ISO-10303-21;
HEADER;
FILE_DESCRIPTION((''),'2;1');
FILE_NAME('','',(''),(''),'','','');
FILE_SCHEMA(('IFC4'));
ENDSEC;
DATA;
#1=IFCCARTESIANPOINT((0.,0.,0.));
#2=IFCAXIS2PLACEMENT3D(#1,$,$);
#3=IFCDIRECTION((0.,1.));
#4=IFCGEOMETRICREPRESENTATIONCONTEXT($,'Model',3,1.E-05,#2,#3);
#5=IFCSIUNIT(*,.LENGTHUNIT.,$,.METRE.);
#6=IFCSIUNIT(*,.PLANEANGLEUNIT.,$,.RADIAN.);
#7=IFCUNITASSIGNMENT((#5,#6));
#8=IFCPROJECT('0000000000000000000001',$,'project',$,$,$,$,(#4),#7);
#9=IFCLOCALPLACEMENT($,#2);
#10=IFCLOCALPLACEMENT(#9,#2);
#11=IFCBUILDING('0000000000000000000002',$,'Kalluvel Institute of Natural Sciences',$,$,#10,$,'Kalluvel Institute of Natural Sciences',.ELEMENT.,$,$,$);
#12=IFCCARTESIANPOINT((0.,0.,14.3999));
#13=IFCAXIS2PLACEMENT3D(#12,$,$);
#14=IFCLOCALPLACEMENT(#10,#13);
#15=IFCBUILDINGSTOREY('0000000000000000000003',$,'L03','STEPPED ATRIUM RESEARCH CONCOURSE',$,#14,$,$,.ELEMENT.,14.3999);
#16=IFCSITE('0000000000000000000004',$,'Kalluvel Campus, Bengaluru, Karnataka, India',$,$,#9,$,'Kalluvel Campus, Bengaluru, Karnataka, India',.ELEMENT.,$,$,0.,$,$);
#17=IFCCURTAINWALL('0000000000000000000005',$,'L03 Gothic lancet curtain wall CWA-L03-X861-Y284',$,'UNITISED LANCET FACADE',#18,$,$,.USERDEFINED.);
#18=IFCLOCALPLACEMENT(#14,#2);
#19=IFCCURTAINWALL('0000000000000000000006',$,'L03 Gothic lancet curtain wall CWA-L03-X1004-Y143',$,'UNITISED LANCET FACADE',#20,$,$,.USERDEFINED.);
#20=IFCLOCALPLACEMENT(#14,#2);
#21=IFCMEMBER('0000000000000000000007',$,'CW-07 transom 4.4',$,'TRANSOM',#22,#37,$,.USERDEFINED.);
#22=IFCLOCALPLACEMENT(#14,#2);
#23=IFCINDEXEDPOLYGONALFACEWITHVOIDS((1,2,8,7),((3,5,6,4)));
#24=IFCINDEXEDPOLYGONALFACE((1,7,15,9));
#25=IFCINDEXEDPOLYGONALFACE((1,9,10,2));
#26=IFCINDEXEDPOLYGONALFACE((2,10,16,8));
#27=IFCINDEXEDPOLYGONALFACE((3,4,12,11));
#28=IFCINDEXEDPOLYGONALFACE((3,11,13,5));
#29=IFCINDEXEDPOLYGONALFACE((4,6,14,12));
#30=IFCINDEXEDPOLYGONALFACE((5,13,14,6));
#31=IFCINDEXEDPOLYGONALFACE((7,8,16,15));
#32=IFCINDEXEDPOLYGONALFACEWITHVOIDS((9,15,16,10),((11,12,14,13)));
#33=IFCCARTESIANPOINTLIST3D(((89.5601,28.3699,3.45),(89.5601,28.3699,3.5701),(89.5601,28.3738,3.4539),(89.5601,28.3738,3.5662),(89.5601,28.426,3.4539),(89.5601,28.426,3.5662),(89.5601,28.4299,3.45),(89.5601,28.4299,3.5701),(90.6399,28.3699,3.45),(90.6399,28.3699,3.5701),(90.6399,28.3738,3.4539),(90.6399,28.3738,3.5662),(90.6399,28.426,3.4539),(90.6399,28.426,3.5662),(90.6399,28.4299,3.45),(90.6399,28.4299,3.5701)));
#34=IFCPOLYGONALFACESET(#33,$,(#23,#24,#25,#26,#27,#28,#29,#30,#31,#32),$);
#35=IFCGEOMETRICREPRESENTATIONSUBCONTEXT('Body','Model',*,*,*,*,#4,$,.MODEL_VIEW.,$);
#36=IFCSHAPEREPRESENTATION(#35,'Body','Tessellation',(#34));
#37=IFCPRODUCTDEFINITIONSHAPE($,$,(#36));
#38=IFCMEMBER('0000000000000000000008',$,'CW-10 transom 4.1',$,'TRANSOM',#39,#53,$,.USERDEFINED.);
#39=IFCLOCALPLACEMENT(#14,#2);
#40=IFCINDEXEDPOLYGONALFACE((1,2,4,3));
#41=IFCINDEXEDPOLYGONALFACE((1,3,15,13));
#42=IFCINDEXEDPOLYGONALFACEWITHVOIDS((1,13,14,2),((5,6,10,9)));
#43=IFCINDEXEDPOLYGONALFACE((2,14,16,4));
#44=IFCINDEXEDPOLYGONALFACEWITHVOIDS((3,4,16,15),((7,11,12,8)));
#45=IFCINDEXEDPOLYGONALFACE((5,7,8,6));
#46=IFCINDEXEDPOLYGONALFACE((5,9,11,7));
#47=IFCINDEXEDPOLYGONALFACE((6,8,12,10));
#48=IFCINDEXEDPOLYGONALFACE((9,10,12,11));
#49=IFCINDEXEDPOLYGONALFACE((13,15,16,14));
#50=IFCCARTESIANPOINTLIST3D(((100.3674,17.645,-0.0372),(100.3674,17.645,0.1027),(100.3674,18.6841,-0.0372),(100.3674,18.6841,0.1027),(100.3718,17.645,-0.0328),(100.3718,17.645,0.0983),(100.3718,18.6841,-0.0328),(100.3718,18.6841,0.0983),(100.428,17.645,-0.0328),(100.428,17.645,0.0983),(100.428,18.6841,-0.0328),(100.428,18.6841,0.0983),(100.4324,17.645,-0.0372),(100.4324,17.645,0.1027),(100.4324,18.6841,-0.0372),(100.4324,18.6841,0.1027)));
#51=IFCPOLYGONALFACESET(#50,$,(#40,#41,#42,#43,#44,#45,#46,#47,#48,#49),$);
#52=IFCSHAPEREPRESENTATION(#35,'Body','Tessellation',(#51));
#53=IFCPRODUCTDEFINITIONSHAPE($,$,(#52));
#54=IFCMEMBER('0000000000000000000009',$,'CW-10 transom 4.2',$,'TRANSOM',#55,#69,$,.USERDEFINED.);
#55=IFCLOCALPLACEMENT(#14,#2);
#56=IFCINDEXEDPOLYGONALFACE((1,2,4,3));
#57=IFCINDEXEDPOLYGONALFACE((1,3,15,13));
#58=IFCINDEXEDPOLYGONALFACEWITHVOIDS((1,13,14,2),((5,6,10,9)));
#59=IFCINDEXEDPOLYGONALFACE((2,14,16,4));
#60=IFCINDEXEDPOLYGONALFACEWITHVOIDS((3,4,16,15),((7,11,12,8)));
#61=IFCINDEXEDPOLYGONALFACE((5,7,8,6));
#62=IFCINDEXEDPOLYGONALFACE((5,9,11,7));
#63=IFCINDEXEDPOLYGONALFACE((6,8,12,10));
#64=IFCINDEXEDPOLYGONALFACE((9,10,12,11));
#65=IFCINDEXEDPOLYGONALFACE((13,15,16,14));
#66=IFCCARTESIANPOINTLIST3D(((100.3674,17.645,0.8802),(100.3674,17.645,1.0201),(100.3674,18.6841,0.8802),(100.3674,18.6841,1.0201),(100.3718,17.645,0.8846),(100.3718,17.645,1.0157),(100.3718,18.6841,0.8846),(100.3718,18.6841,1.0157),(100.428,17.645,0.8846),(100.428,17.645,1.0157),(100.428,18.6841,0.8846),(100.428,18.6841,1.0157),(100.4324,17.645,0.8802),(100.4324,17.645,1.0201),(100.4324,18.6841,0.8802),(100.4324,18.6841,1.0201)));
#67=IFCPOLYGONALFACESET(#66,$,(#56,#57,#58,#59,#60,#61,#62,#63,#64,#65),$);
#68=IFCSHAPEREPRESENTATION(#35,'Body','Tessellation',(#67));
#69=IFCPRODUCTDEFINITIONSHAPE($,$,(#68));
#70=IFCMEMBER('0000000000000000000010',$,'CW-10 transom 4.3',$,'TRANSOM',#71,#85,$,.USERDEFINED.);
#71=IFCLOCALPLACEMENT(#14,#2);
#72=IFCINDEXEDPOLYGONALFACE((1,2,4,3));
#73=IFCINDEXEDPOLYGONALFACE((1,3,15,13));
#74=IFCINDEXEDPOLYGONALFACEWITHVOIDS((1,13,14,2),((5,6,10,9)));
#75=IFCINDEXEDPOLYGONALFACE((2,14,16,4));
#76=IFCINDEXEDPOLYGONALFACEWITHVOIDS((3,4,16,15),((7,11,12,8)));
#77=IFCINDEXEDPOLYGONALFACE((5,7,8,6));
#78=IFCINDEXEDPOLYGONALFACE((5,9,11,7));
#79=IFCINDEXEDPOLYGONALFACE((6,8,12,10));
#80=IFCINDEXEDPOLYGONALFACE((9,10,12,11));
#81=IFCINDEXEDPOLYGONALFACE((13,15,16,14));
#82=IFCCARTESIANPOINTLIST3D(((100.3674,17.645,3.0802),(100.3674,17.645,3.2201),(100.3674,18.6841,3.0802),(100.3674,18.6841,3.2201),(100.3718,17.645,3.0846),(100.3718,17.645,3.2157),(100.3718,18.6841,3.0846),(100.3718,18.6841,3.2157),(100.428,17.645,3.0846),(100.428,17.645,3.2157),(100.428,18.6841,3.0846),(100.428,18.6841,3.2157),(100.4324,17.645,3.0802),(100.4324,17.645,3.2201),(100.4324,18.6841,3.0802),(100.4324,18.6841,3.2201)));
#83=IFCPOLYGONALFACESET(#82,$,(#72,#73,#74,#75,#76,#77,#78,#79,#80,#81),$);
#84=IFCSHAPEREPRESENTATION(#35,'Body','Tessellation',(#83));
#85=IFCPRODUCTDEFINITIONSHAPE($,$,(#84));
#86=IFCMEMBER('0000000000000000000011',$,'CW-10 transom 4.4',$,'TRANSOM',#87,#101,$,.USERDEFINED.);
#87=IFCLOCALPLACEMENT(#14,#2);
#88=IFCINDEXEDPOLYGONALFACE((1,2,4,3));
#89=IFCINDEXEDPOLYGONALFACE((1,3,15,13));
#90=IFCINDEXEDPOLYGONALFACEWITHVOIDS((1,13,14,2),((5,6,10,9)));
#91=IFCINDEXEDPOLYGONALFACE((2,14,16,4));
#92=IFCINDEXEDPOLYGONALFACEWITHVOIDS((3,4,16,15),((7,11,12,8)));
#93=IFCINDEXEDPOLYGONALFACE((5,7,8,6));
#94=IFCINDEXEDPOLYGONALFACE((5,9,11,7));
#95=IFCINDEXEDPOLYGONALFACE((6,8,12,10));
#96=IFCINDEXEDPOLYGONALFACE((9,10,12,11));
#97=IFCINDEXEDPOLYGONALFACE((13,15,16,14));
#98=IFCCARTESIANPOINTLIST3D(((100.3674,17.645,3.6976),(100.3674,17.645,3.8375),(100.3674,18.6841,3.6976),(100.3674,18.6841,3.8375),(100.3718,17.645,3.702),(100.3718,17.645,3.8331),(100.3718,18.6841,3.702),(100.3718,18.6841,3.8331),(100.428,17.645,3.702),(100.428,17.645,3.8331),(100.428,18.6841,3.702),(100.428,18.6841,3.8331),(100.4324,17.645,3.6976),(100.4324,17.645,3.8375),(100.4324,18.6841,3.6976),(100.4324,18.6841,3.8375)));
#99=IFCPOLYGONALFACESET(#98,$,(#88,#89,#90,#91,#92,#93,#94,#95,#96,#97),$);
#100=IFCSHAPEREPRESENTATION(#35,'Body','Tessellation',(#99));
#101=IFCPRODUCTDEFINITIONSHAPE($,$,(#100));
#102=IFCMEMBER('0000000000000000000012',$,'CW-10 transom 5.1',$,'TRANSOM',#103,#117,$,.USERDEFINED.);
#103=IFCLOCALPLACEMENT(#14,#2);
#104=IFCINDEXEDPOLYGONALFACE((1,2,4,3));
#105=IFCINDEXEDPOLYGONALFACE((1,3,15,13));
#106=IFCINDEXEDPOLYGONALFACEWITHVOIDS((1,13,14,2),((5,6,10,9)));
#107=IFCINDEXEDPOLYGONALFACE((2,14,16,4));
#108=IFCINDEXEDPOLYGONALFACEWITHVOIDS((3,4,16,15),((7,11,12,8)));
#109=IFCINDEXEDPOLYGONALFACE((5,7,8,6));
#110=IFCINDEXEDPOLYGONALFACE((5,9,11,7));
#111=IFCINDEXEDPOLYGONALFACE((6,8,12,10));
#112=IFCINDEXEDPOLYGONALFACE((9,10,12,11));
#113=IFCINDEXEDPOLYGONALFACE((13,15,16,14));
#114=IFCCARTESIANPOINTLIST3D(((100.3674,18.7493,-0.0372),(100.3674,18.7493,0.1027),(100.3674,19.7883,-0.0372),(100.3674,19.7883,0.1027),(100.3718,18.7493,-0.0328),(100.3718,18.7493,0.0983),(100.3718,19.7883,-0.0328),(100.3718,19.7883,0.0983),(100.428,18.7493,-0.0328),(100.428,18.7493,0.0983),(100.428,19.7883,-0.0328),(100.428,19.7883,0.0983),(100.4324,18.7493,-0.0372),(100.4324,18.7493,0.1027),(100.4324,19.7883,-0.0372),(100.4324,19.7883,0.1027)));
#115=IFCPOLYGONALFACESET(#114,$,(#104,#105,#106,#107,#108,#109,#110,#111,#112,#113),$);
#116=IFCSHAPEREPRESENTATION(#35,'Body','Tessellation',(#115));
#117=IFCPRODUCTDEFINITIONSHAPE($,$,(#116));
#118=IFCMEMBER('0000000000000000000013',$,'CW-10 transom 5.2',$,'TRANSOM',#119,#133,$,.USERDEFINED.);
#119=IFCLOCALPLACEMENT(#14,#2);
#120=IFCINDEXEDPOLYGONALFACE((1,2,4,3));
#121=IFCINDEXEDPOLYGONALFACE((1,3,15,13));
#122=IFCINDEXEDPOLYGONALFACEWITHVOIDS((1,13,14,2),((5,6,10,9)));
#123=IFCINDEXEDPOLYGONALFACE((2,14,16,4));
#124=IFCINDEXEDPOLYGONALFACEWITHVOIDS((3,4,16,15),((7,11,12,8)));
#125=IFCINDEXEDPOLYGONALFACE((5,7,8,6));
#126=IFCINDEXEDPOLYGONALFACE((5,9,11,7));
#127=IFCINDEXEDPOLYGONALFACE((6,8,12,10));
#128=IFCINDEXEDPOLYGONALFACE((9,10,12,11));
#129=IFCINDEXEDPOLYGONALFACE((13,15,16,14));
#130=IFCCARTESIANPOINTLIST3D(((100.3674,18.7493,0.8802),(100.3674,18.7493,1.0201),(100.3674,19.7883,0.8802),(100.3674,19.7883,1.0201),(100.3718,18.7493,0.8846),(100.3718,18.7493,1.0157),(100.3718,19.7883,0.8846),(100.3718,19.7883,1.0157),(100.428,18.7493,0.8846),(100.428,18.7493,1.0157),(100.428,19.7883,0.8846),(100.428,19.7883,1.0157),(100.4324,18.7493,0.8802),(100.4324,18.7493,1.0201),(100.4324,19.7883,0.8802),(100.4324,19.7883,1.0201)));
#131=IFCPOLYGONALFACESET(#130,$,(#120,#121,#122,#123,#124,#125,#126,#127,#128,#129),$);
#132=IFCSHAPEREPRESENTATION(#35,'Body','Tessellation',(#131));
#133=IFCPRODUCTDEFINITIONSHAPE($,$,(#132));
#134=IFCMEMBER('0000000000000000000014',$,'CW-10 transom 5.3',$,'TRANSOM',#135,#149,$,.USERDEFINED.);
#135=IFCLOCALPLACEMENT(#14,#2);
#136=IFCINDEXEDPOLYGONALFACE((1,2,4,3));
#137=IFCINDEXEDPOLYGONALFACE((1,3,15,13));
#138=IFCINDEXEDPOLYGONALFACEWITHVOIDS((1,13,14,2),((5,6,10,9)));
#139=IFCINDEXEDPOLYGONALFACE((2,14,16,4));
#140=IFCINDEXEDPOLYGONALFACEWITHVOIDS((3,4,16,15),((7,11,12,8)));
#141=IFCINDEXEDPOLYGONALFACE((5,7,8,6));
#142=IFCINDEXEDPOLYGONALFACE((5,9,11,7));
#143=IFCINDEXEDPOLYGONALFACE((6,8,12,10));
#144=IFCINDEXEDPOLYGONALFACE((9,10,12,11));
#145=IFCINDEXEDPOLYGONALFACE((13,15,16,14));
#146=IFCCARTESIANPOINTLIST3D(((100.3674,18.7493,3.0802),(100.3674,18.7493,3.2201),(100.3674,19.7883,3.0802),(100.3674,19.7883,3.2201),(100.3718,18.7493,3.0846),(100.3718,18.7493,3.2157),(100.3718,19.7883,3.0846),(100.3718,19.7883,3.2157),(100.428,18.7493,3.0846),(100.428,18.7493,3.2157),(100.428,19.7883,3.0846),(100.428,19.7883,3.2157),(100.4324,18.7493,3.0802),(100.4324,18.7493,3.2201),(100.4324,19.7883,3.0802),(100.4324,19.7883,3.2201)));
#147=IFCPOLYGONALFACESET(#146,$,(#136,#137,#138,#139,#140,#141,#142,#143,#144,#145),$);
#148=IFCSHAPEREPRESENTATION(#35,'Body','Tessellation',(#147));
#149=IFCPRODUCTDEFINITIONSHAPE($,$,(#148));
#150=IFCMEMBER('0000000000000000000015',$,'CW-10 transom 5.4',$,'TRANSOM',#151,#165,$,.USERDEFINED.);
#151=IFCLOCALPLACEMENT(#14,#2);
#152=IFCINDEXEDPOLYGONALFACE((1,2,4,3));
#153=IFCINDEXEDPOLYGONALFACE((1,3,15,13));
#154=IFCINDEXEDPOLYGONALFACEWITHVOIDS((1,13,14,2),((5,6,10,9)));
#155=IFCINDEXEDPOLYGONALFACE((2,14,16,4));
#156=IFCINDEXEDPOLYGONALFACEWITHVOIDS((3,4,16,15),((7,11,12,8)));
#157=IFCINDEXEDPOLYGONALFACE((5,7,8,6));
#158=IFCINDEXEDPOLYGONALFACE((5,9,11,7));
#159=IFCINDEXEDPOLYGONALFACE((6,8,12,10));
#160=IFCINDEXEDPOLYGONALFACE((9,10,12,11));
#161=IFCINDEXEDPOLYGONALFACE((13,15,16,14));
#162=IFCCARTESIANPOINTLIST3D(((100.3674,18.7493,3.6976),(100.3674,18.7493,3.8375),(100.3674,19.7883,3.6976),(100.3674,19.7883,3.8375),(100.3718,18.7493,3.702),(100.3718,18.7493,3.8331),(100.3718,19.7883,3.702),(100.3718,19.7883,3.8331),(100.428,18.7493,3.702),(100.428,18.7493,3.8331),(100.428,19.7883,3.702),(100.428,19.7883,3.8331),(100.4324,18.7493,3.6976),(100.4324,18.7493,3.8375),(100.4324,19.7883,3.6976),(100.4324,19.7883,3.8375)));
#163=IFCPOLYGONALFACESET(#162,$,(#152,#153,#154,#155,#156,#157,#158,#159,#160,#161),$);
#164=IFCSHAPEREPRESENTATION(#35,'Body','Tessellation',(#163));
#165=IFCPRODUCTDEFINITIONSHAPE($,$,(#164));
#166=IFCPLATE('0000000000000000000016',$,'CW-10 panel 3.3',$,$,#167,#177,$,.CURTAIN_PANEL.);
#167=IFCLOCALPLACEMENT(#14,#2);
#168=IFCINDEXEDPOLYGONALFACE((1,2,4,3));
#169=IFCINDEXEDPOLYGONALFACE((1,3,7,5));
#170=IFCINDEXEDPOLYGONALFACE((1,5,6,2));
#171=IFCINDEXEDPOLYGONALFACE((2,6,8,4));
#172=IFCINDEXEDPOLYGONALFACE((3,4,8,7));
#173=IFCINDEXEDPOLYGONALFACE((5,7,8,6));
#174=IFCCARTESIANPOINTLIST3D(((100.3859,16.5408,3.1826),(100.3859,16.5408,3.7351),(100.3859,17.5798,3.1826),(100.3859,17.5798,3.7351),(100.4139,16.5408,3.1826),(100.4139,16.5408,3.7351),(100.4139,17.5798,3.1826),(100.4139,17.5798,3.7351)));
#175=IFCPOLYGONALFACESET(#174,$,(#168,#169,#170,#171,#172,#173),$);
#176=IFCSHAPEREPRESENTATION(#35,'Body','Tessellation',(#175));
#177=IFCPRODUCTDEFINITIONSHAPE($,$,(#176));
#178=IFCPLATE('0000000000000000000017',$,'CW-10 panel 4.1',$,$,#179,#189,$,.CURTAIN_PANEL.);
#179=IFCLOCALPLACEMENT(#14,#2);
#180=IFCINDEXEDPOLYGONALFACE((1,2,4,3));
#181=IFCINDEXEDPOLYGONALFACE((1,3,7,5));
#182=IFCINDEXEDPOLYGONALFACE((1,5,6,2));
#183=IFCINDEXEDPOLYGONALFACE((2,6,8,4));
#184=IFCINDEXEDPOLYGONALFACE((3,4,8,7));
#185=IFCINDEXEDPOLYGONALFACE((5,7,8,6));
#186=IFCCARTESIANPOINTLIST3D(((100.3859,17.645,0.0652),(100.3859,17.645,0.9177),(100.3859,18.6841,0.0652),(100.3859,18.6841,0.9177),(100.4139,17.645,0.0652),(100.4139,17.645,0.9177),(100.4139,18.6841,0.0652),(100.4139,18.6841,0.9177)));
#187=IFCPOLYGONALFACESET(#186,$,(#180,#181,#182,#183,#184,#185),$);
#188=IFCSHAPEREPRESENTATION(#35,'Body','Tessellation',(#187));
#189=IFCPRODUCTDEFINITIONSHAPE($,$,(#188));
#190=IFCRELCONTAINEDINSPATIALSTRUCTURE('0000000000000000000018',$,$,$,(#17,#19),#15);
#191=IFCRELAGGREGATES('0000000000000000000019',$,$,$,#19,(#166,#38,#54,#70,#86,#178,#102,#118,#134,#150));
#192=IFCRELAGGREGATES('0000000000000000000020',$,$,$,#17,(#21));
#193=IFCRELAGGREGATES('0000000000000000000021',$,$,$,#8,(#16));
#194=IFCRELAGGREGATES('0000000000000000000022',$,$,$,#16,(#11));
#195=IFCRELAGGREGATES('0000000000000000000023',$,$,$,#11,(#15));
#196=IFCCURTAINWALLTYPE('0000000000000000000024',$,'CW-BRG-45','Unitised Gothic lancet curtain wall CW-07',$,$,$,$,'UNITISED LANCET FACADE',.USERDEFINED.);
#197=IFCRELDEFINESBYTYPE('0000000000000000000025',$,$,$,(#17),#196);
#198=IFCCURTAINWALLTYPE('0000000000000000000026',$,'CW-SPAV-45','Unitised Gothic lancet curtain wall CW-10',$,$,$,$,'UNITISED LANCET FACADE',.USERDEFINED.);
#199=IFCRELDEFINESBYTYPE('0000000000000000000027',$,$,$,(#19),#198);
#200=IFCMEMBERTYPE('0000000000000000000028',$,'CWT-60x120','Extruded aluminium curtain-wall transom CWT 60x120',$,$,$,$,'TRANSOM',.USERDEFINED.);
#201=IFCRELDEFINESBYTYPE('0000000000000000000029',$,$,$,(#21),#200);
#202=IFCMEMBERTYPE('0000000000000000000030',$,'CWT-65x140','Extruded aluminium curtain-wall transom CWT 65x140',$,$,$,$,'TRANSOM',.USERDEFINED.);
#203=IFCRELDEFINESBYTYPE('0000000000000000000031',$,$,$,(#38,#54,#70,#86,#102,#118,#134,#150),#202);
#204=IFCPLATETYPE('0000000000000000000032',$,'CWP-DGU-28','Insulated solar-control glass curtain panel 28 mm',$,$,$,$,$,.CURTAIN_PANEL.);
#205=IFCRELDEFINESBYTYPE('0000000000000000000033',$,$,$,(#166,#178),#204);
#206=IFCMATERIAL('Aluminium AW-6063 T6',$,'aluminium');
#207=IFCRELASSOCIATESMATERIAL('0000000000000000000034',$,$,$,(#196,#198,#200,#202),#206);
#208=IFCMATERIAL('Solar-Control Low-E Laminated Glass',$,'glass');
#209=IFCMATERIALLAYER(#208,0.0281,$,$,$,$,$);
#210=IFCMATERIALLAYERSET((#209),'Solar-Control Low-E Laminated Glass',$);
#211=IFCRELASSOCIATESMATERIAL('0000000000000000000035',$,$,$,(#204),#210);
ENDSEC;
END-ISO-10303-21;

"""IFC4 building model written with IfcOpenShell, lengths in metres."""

from ifc_helpers import new_model, si_unit, direction, frame, origin, origin_2d, place, context, subcontext, project, spatial, rectangle, hollow_rectangle, extrude, material, layer, layer_set, material_profile, profile_set, type_object, element, aggregate, save


model = new_model("IFC4")

# Units and contexts
model_context = context("Model", 3, precision=1e-05, world=origin(), true_north=direction((0.0, 1.0)))
body_context = subcontext(model_context, "Body", "Model", "MODEL_VIEW")
ifc_project = project(units=[si_unit("LENGTHUNIT", "METRE"), si_unit("PLANEANGLEUNIT", "RADIAN")], contexts=[model_context])

# Site, building, storey
site_placement = place(None, origin())
site = spatial("IfcSite", under=ifc_project, at=site_placement, Name="Kalluvel Campus, Bengaluru, Karnataka, India", LongName="Kalluvel Campus, Bengaluru, Karnataka, India", CompositionType="ELEMENT", RefElevation=0.0)
building_placement = place(site_placement, origin())
building = spatial("IfcBuilding", under=site, at=building_placement, Name="Kalluvel Institute of Natural Sciences", LongName="Kalluvel Institute of Natural Sciences", CompositionType="ELEMENT")
storey_placement = place(building_placement, frame((0.0, 0.0, 14.3999)))
storey = spatial("IfcBuildingStorey", under=building, at=storey_placement, Name="L03", Description="STEPPED ATRIUM RESEARCH CONCOURSE", CompositionType="ELEMENT", Elevation=14.3999)

# Curtain walls
ifc_material_1 = material(Name="Aluminium AW-6063 T6", Category="aluminium")
curtain_wall_type_1 = type_object("IfcCurtainWallType", Name="CW-BRG-45", Description="Unitised Gothic lancet curtain wall CW-07", ElementType="UNITISED LANCET FACADE", PredefinedType="USERDEFINED", material=ifc_material_1)
curtain_wall_1_placement = place(storey_placement, origin())
curtain_wall_1 = element("IfcCurtainWall", 1, at=curtain_wall_1_placement, inside=storey, type_object=curtain_wall_type_1, Name="L03 Gothic lancet curtain wall CWA-L03-X861-Y284", ObjectType="UNITISED LANCET FACADE", PredefinedType="USERDEFINED")
curtain_wall_type_2 = type_object("IfcCurtainWallType", Name="CW-SPAV-45", Description="Unitised Gothic lancet curtain wall CW-10", ElementType="UNITISED LANCET FACADE", PredefinedType="USERDEFINED", material=ifc_material_1)
curtain_wall_2_placement = place(storey_placement, origin())
curtain_wall_2 = element("IfcCurtainWall", 2, at=curtain_wall_2_placement, inside=storey, type_object=curtain_wall_type_2, Name="L03 Gothic lancet curtain wall CWA-L03-X1004-Y143", ObjectType="UNITISED LANCET FACADE", PredefinedType="USERDEFINED")

# Members
ifc_material_profile_1 = material_profile(ifc_material_1, hollow_rectangle(XDim=0.0601, YDim=0.1201, WallThickness=0.0039, at=origin_2d()), Name="CWT 60x120")
ifc_profile_set_1 = profile_set([ifc_material_profile_1], Name="Aluminium AW-6063 T6")
member_type_1 = type_object("IfcMemberType", Name="CWT-60x120", Description="Extruded aluminium curtain-wall transom CWT 60x120", ElementType="TRANSOM", PredefinedType="USERDEFINED", material=ifc_profile_set_1)
member_1_placement = place(storey_placement, frame((89.5601, 28.3999, 3.51), z_axis=(1.0, 0.0, 0.0), x_axis=(0.0, 1.0, 0.0)))
member_1 = element("IfcMember", 3, at=member_1_placement, type_object=member_type_1, Name="CW-07 transom 4.4", ObjectType="TRANSOM", PredefinedType="USERDEFINED", context=body_context, shape_type="SweptSolid", body=[
    extrude(hollow_rectangle(XDim=0.0601, YDim=0.1201, WallThickness=0.0039, at=origin_2d()), origin(), (0.0, 0.0, 1.0), 1.0798),
])
ifc_material_profile_2 = material_profile(ifc_material_1, hollow_rectangle(XDim=0.0649, YDim=0.1399, WallThickness=0.0044, at=origin_2d()), Name="CWT 65x140")
ifc_profile_set_2 = profile_set([ifc_material_profile_2], Name="Aluminium AW-6063 T6")
member_type_2 = type_object("IfcMemberType", Name="CWT-65x140", Description="Extruded aluminium curtain-wall transom CWT 65x140", ElementType="TRANSOM", PredefinedType="USERDEFINED", material=ifc_profile_set_2)
member_2_placement = place(storey_placement, frame((100.3999, 17.645, 0.0327), z_axis=(0.0, 1.0, 0.0), x_axis=(-1.0, 0.0, 0.0)))
member_2 = element("IfcMember", 4, at=member_2_placement, type_object=member_type_2, Name="CW-10 transom 4.1", ObjectType="TRANSOM", PredefinedType="USERDEFINED", context=body_context, shape_type="SweptSolid", body=[
    extrude(hollow_rectangle(XDim=0.0649, YDim=0.1399, WallThickness=0.0044, at=origin_2d()), origin(), (0.0, 0.0, 1.0), 1.0391),
])
member_3_placement = place(storey_placement, frame((100.3999, 17.645, 0.9502), z_axis=(0.0, 1.0, 0.0), x_axis=(-1.0, 0.0, 0.0)))
member_3 = element("IfcMember", 5, at=member_3_placement, type_object=member_type_2, Name="CW-10 transom 4.2", ObjectType="TRANSOM", PredefinedType="USERDEFINED", context=body_context, shape_type="SweptSolid", body=[
    extrude(hollow_rectangle(XDim=0.0649, YDim=0.1399, WallThickness=0.0044, at=origin_2d()), origin(), (0.0, 0.0, 1.0), 1.0391),
])
member_4_placement = place(storey_placement, frame((100.3999, 17.645, 3.1501), z_axis=(0.0, 1.0, 0.0), x_axis=(-1.0, 0.0, 0.0)))
member_4 = element("IfcMember", 6, at=member_4_placement, type_object=member_type_2, Name="CW-10 transom 4.3", ObjectType="TRANSOM", PredefinedType="USERDEFINED", context=body_context, shape_type="SweptSolid", body=[
    extrude(hollow_rectangle(XDim=0.0649, YDim=0.1399, WallThickness=0.0044, at=origin_2d()), origin(), (0.0, 0.0, 1.0), 1.0391),
])
member_5_placement = place(storey_placement, frame((100.3999, 17.645, 3.7676), z_axis=(0.0, 1.0, 0.0), x_axis=(-1.0, 0.0, 0.0)))
member_5 = element("IfcMember", 7, at=member_5_placement, type_object=member_type_2, Name="CW-10 transom 4.4", ObjectType="TRANSOM", PredefinedType="USERDEFINED", context=body_context, shape_type="SweptSolid", body=[
    extrude(hollow_rectangle(XDim=0.0649, YDim=0.1399, WallThickness=0.0044, at=origin_2d()), origin(), (0.0, 0.0, 1.0), 1.0391),
])
member_6_placement = place(storey_placement, frame((100.3999, 18.7493, 0.0327), z_axis=(0.0, 1.0, 0.0), x_axis=(-1.0, 0.0, 0.0)))
member_6 = element("IfcMember", 8, at=member_6_placement, type_object=member_type_2, Name="CW-10 transom 5.1", ObjectType="TRANSOM", PredefinedType="USERDEFINED", context=body_context, shape_type="SweptSolid", body=[
    extrude(hollow_rectangle(XDim=0.0649, YDim=0.1399, WallThickness=0.0044, at=origin_2d()), origin(), (0.0, 0.0, 1.0), 1.0391),
])
member_7_placement = place(storey_placement, frame((100.3999, 18.7493, 0.9502), z_axis=(0.0, 1.0, 0.0), x_axis=(-1.0, 0.0, 0.0)))
member_7 = element("IfcMember", 9, at=member_7_placement, type_object=member_type_2, Name="CW-10 transom 5.2", ObjectType="TRANSOM", PredefinedType="USERDEFINED", context=body_context, shape_type="SweptSolid", body=[
    extrude(hollow_rectangle(XDim=0.0649, YDim=0.1399, WallThickness=0.0044, at=origin_2d()), origin(), (0.0, 0.0, 1.0), 1.0391),
])
member_8_placement = place(storey_placement, frame((100.3999, 18.7493, 3.1501), z_axis=(0.0, 1.0, 0.0), x_axis=(-1.0, 0.0, 0.0)))
member_8 = element("IfcMember", 10, at=member_8_placement, type_object=member_type_2, Name="CW-10 transom 5.3", ObjectType="TRANSOM", PredefinedType="USERDEFINED", context=body_context, shape_type="SweptSolid", body=[
    extrude(hollow_rectangle(XDim=0.0649, YDim=0.1399, WallThickness=0.0044, at=origin_2d()), origin(), (0.0, 0.0, 1.0), 1.0391),
])
member_9_placement = place(storey_placement, frame((100.3999, 18.7493, 3.7676), z_axis=(0.0, 1.0, 0.0), x_axis=(-1.0, 0.0, 0.0)))
member_9 = element("IfcMember", 11, at=member_9_placement, type_object=member_type_2, Name="CW-10 transom 5.4", ObjectType="TRANSOM", PredefinedType="USERDEFINED", context=body_context, shape_type="SweptSolid", body=[
    extrude(hollow_rectangle(XDim=0.0649, YDim=0.1399, WallThickness=0.0044, at=origin_2d()), origin(), (0.0, 0.0, 1.0), 1.0391),
])

# Plates
ifc_material_2 = material(Name="Solar-Control Low-E Laminated Glass", Category="glass")
ifc_layer_1 = layer(ifc_material_2, 0.0281)
ifc_layer_set_1 = layer_set([ifc_layer_1], Name="Solar-Control Low-E Laminated Glass")
plate_type_1 = type_object("IfcPlateType", Name="CWP-DGU-28", Description="Insulated solar-control glass curtain panel 28 mm", PredefinedType="CURTAIN_PANEL", material=ifc_layer_set_1)
plate_1_placement = place(storey_placement, frame((100.3999, 17.0603, 3.1826), z_axis=(0.0, 0.0, 1.0), x_axis=(0.0, 1.0, 0.0)))
plate_1 = element("IfcPlate", 12, at=plate_1_placement, type_object=plate_type_1, Name="CW-10 panel 3.3", PredefinedType="CURTAIN_PANEL", context=body_context, shape_type="SweptSolid", body=[
    extrude(rectangle(XDim=1.0391, YDim=0.0281, at=origin_2d()), origin(), (0.0, 0.0, 1.0), 0.5525),
])
plate_2_placement = place(storey_placement, frame((100.3999, 18.1646, 0.0652), z_axis=(0.0, 0.0, 1.0), x_axis=(0.0, 1.0, 0.0)))
plate_2 = element("IfcPlate", 13, at=plate_2_placement, type_object=plate_type_1, Name="CW-10 panel 4.1", PredefinedType="CURTAIN_PANEL", context=body_context, shape_type="SweptSolid", body=[
    extrude(rectangle(XDim=1.0391, YDim=0.0281, at=origin_2d()), origin(), (0.0, 0.0, 1.0), 0.8525),
])
aggregate(curtain_wall_2, [plate_1, member_2, member_3, member_4, member_5, plate_2, member_6, member_7, member_8, member_9])
aggregate(curtain_wall_1, [member_1])

save(model, "model.ifc")
